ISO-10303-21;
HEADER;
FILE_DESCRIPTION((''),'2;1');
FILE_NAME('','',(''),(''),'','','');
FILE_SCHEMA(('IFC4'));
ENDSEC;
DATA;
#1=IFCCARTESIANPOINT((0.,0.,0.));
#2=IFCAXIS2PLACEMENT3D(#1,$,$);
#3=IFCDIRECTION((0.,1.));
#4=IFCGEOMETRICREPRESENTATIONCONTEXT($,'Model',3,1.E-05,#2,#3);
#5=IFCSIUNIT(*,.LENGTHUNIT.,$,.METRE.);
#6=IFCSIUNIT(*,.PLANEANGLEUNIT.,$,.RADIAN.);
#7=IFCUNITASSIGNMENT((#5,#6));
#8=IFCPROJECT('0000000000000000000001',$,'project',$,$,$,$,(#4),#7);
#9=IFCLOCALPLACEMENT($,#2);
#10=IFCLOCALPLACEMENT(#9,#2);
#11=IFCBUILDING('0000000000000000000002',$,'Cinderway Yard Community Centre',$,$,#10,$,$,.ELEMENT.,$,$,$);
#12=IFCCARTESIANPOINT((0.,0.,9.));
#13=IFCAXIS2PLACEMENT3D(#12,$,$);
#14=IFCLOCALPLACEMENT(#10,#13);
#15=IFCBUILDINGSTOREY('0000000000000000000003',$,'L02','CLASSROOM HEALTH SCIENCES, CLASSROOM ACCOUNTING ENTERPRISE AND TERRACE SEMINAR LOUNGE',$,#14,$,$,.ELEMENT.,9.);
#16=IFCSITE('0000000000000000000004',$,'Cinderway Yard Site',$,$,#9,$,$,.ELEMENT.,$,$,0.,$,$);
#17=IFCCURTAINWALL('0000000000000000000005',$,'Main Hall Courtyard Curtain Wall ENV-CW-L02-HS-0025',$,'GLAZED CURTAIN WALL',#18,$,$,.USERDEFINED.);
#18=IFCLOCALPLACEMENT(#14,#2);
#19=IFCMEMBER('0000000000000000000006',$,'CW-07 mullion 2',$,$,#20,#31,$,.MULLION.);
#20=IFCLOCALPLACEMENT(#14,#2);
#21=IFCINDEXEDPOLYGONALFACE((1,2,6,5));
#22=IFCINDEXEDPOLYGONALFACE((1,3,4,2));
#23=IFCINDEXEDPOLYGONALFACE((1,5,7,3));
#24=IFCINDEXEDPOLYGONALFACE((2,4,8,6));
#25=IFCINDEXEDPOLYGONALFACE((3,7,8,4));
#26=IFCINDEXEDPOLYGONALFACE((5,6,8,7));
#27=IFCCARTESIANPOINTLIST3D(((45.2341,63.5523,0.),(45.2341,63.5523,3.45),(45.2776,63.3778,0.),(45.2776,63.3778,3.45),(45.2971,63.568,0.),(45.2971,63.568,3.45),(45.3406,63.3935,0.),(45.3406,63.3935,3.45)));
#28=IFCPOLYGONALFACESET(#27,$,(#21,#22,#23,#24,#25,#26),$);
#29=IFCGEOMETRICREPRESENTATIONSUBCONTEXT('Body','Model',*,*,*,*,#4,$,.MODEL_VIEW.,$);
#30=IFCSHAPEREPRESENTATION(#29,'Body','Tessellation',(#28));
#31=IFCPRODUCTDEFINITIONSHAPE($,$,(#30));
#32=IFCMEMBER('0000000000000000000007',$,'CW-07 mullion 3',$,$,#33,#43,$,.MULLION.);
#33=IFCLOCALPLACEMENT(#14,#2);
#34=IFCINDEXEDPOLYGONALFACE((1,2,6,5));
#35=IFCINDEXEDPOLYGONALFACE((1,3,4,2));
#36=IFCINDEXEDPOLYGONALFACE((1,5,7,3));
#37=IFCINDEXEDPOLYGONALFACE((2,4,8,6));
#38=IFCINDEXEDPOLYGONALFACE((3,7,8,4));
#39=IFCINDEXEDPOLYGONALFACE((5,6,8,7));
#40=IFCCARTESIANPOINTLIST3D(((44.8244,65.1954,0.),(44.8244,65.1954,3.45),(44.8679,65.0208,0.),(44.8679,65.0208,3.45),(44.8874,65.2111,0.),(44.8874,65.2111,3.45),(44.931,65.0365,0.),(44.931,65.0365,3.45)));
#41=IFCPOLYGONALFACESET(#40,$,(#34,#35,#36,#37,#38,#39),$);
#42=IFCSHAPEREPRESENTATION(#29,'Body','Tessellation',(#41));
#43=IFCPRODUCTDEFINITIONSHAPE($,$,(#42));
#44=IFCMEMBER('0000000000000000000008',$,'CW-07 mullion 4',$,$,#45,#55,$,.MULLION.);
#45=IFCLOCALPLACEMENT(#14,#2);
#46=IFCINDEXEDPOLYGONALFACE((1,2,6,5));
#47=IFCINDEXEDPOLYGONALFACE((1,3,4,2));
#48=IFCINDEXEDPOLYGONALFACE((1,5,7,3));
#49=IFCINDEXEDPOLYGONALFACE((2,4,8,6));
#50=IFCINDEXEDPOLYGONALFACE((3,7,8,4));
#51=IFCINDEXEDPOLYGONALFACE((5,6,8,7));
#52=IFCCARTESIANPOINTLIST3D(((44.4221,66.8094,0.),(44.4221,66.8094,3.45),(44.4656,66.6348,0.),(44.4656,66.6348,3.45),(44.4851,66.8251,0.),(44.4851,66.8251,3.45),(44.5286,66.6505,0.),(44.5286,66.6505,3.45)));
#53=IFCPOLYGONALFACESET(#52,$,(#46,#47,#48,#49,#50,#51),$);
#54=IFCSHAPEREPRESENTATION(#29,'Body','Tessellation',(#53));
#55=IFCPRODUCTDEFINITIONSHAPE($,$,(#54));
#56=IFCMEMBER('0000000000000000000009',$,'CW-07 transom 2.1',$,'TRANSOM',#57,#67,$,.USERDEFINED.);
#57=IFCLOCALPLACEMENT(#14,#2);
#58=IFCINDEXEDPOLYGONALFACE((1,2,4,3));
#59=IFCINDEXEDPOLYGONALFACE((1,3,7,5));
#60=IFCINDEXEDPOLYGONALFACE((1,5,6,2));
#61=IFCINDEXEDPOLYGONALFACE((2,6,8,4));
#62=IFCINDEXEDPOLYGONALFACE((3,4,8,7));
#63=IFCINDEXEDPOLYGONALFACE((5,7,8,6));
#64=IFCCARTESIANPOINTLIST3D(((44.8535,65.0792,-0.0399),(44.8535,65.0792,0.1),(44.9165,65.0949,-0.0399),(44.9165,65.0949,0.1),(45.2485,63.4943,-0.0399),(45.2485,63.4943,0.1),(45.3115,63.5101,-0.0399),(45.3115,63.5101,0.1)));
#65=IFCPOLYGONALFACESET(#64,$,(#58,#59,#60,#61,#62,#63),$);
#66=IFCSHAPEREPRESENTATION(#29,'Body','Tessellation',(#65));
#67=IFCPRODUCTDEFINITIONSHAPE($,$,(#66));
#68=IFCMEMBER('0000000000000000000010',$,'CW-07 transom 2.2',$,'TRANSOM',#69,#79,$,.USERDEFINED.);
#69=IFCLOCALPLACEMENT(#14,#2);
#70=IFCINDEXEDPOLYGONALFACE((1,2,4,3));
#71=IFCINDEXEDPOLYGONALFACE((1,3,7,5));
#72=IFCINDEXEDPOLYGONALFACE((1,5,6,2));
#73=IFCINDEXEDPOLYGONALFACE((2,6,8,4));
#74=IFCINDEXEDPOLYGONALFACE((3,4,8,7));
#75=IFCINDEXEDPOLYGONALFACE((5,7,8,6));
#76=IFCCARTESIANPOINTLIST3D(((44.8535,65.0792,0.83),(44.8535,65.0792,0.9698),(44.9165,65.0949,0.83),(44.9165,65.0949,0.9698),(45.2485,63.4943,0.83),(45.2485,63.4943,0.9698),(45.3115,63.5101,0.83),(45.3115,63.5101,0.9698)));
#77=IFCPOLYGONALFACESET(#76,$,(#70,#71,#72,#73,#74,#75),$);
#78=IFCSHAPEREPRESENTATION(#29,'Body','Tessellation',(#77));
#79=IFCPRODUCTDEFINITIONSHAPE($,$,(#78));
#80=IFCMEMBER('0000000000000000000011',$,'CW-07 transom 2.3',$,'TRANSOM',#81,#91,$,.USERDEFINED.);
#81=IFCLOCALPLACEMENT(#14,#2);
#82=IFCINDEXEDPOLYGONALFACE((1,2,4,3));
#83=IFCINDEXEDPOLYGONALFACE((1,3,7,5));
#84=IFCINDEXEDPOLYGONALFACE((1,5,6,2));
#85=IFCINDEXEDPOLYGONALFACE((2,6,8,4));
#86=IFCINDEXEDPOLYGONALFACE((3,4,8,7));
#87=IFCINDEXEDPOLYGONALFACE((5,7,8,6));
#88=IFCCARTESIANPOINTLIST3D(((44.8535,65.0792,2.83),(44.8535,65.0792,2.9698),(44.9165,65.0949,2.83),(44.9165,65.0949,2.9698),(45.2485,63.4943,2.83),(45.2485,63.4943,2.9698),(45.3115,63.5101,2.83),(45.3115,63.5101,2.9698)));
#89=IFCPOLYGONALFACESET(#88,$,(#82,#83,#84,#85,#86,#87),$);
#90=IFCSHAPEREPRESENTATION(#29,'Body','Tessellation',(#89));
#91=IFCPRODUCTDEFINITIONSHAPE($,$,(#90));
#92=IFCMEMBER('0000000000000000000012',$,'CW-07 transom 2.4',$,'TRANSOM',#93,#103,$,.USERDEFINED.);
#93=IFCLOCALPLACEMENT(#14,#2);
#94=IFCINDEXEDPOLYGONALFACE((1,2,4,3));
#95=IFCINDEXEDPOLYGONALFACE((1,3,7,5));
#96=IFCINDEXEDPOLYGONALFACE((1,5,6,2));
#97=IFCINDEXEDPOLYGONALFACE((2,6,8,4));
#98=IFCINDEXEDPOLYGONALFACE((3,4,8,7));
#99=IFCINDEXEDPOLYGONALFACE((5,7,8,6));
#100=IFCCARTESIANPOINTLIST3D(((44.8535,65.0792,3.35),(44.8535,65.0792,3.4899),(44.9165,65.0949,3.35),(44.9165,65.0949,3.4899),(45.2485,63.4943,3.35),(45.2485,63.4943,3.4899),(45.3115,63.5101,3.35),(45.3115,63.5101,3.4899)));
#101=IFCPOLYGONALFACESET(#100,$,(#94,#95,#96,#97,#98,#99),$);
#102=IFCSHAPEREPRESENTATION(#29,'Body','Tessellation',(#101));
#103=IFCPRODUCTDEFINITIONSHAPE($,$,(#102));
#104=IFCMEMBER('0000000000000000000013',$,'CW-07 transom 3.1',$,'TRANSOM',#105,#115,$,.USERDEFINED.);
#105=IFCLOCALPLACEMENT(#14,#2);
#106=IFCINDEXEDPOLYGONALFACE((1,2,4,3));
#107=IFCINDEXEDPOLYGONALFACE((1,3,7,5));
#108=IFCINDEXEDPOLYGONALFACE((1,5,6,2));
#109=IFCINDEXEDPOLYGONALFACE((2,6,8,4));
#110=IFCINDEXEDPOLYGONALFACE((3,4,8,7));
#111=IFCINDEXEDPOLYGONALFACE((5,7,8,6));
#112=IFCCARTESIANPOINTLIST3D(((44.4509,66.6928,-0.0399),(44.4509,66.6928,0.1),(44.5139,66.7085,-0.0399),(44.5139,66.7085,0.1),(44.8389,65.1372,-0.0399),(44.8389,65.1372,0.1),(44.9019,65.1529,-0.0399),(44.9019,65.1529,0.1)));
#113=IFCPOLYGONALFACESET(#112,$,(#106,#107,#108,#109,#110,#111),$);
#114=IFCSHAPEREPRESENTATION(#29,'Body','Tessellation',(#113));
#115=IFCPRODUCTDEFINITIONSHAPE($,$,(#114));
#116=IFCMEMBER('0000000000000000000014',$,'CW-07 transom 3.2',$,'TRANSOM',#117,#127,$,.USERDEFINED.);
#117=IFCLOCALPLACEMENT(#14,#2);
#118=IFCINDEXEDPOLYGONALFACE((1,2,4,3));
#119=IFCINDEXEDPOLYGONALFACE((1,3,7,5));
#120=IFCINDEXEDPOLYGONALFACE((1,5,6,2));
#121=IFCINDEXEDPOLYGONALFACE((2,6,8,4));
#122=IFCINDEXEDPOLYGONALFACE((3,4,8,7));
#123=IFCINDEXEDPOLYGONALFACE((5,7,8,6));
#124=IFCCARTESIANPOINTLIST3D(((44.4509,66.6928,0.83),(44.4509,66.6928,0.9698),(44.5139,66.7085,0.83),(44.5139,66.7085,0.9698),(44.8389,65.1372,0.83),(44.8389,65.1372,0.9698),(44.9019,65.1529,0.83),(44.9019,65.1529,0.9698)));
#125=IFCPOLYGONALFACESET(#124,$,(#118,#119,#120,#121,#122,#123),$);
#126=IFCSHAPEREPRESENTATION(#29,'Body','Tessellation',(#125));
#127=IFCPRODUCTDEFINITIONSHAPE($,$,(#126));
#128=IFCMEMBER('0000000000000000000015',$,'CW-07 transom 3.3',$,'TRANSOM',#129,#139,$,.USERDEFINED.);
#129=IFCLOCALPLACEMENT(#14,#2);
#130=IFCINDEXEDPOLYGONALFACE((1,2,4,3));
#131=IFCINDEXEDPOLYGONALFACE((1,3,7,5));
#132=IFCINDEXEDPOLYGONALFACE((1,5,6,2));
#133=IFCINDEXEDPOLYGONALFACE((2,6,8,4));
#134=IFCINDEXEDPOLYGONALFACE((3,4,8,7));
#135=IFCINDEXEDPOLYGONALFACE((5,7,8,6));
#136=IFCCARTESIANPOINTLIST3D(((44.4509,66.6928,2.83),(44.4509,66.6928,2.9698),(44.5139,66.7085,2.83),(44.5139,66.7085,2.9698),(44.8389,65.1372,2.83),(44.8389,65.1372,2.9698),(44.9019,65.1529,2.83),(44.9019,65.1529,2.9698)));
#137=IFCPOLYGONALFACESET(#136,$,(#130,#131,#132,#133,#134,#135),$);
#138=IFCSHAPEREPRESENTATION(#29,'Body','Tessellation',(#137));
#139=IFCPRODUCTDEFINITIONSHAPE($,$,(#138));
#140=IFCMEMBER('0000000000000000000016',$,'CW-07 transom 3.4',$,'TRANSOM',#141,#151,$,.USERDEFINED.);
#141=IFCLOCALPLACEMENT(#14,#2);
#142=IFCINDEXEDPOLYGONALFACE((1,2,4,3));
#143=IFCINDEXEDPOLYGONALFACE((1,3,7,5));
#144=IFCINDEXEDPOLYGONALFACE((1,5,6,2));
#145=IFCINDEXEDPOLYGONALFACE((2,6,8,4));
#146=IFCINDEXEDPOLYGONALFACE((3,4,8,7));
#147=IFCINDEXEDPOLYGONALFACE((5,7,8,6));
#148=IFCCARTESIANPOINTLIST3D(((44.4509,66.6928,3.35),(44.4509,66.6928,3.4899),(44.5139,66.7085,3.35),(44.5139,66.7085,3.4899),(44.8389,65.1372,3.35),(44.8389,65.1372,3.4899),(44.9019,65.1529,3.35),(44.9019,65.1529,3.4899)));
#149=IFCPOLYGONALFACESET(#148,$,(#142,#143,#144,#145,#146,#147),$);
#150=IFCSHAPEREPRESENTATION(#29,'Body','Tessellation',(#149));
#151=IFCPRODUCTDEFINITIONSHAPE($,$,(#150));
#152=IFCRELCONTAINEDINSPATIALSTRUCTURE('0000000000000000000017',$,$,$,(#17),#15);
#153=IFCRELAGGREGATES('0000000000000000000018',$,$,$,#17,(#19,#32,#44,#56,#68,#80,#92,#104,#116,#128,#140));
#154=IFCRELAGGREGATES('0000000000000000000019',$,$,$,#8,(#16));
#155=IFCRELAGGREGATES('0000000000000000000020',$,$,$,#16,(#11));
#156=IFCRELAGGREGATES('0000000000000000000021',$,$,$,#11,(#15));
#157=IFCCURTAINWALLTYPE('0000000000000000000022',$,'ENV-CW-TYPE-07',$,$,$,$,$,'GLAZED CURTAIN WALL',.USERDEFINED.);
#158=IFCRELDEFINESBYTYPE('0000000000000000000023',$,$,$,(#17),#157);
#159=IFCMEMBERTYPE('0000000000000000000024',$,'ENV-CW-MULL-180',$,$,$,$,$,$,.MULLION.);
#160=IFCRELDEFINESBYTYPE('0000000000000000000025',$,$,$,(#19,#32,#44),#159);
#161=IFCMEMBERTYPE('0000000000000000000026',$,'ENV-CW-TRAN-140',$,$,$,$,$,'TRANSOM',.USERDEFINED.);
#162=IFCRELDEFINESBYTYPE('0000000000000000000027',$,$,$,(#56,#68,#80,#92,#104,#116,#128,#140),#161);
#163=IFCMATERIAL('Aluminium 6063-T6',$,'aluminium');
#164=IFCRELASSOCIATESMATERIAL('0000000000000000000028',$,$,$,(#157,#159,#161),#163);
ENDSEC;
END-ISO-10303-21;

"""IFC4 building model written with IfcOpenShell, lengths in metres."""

from ifc_helpers import new_model, si_unit, direction, frame, origin, origin_2d, place, context, subcontext, project, spatial, rectangle, extrude, material, material_profile, profile_set, type_object, element, aggregate, save


model = new_model("IFC4")

# Units and contexts
model_context = context("Model", 3, precision=1e-05, world=origin(), true_north=direction((0.0, 1.0)))
body_context = subcontext(model_context, "Body", "Model", "MODEL_VIEW")
ifc_project = project(units=[si_unit("LENGTHUNIT", "METRE"), si_unit("PLANEANGLEUNIT", "RADIAN")], contexts=[model_context])

# Site, building, storey
site_placement = place(None, origin())
site = spatial("IfcSite", under=ifc_project, at=site_placement, Name="Cinderway Yard Site", CompositionType="ELEMENT", RefElevation=0.0)
building_placement = place(site_placement, origin())
building = spatial("IfcBuilding", under=site, at=building_placement, Name="Cinderway Yard Community Centre", CompositionType="ELEMENT")
storey_placement = place(building_placement, frame((0.0, 0.0, 9.0)))
storey = spatial("IfcBuildingStorey", under=building, at=storey_placement, Name="L02", Description="CLASSROOM HEALTH SCIENCES, CLASSROOM ACCOUNTING ENTERPRISE AND TERRACE SEMINAR LOUNGE", CompositionType="ELEMENT", Elevation=9.0)

# Curtain wall, members
ifc_material_1 = material(Name="Aluminium 6063-T6", Category="aluminium")
curtain_wall_type = type_object("IfcCurtainWallType", Name="ENV-CW-TYPE-07", ElementType="GLAZED CURTAIN WALL", PredefinedType="USERDEFINED", material=ifc_material_1)
curtain_wall_placement = place(storey_placement, origin())
curtain_wall = element("IfcCurtainWall", 1, at=curtain_wall_placement, inside=storey, type_object=curtain_wall_type, Name="Main Hall Courtyard Curtain Wall ENV-CW-L02-HS-0025", ObjectType="GLAZED CURTAIN WALL", PredefinedType="USERDEFINED")
ifc_material_profile_1 = material_profile(ifc_material_1, rectangle(XDim=0.0649, YDim=0.1799, at=origin_2d()), Name="Aluminium 6063-T6")
ifc_profile_set_1 = profile_set([ifc_material_profile_1], Name="Aluminium 6063-T6")
member_type_1 = type_object("IfcMemberType", Name="ENV-CW-MULL-180", PredefinedType="MULLION", material=ifc_profile_set_1)
member_1_placement = place(storey_placement, frame((45.2874, 63.4729, 0.0), z_axis=(0.0, 0.0, 1.0), x_axis=(-0.970293, -0.241933, 0.0)))
member_1 = element("IfcMember", 2, at=member_1_placement, type_object=member_type_1, Name="CW-07 mullion 2", PredefinedType="MULLION", context=body_context, shape_type="SweptSolid", body=[
    extrude(rectangle(XDim=0.0649, YDim=0.1799, at=origin_2d()), origin(), (0.0, 0.0, 1.0), 3.45),
])
member_2_placement = place(storey_placement, frame((44.8777, 65.116, 0.0), z_axis=(0.0, 0.0, 1.0), x_axis=(-0.970293, -0.241933, 0.0)))
member_2 = element("IfcMember", 3, at=member_2_placement, type_object=member_type_1, Name="CW-07 mullion 3", PredefinedType="MULLION", context=body_context, shape_type="SweptSolid", body=[
    extrude(rectangle(XDim=0.0649, YDim=0.1799, at=origin_2d()), origin(), (0.0, 0.0, 1.0), 3.45),
])
member_3_placement = place(storey_placement, frame((44.4753, 66.73, 0.0), z_axis=(0.0, 0.0, 1.0), x_axis=(-0.970293, -0.241933, 0.0)))
member_3 = element("IfcMember", 4, at=member_3_placement, type_object=member_type_1, Name="CW-07 mullion 4", PredefinedType="MULLION", context=body_context, shape_type="SweptSolid", body=[
    extrude(rectangle(XDim=0.0649, YDim=0.1799, at=origin_2d()), origin(), (0.0, 0.0, 1.0), 3.45),
])
ifc_material_profile_2 = material_profile(ifc_material_1, rectangle(XDim=0.0649, YDim=0.1399, at=origin_2d()), Name="Aluminium 6063-T6")
ifc_profile_set_2 = profile_set([ifc_material_profile_2], Name="Aluminium 6063-T6")
member_type_2 = type_object("IfcMemberType", Name="ENV-CW-TRAN-140", ElementType="TRANSOM", PredefinedType="USERDEFINED", material=ifc_profile_set_2)
member_4_placement = place(storey_placement, frame((45.28, 63.5022, 0.03), z_axis=(-0.241867, 0.970309, 0.0), x_axis=(-0.970309, -0.241867, 0.0)))
member_4 = element("IfcMember", 5, at=member_4_placement, type_object=member_type_2, Name="CW-07 transom 2.1", ObjectType="TRANSOM", PredefinedType="USERDEFINED", context=body_context, shape_type="SweptSolid", body=[
    extrude(rectangle(XDim=0.0649, YDim=0.1399, at=origin_2d()), origin(), (0.0, 0.0, 1.0), 1.6333),
])
member_5_placement = place(storey_placement, frame((45.28, 63.5022, 0.8999), z_axis=(-0.241867, 0.970309, 0.0), x_axis=(-0.970309, -0.241867, 0.0)))
member_5 = element("IfcMember", 6, at=member_5_placement, type_object=member_type_2, Name="CW-07 transom 2.2", ObjectType="TRANSOM", PredefinedType="USERDEFINED", context=body_context, shape_type="SweptSolid", body=[
    extrude(rectangle(XDim=0.0649, YDim=0.1399, at=origin_2d()), origin(), (0.0, 0.0, 1.0), 1.6333),
])
member_6_placement = place(storey_placement, frame((45.28, 63.5022, 2.8999), z_axis=(-0.241867, 0.970309, 0.0), x_axis=(-0.970309, -0.241867, 0.0)))
member_6 = element("IfcMember", 7, at=member_6_placement, type_object=member_type_2, Name="CW-07 transom 2.3", ObjectType="TRANSOM", PredefinedType="USERDEFINED", context=body_context, shape_type="SweptSolid", body=[
    extrude(rectangle(XDim=0.0649, YDim=0.1399, at=origin_2d()), origin(), (0.0, 0.0, 1.0), 1.6333),
])
member_7_placement = place(storey_placement, frame((45.28, 63.5022, 3.4199), z_axis=(-0.241867, 0.970309, 0.0), x_axis=(-0.970309, -0.241867, 0.0)))
member_7 = element("IfcMember", 8, at=member_7_placement, type_object=member_type_2, Name="CW-07 transom 2.4", ObjectType="TRANSOM", PredefinedType="USERDEFINED", context=body_context, shape_type="SweptSolid", body=[
    extrude(rectangle(XDim=0.0649, YDim=0.1399, at=origin_2d()), origin(), (0.0, 0.0, 1.0), 1.6333),
])
member_8_placement = place(storey_placement, frame((44.8704, 65.145, 0.03), z_axis=(-0.241962, 0.970286, 0.0), x_axis=(-0.970286, -0.241962, 0.0)))
member_8 = element("IfcMember", 9, at=member_8_placement, type_object=member_type_2, Name="CW-07 transom 3.1", ObjectType="TRANSOM", PredefinedType="USERDEFINED", context=body_context, shape_type="SweptSolid", body=[
    extrude(rectangle(XDim=0.0649, YDim=0.1399, at=origin_2d()), origin(), (0.0, 0.0, 1.0), 1.6033),
])
member_9_placement = place(storey_placement, frame((44.8704, 65.145, 0.8999), z_axis=(-0.241962, 0.970286, 0.0), x_axis=(-0.970286, -0.241962, 0.0)))
member_9 = element("IfcMember", 10, at=member_9_placement, type_object=member_type_2, Name="CW-07 transom 3.2", ObjectType="TRANSOM", PredefinedType="USERDEFINED", context=body_context, shape_type="SweptSolid", body=[
    extrude(rectangle(XDim=0.0649, YDim=0.1399, at=origin_2d()), origin(), (0.0, 0.0, 1.0), 1.6033),
])
member_10_placement = place(storey_placement, frame((44.8704, 65.145, 2.8999), z_axis=(-0.241962, 0.970286, 0.0), x_axis=(-0.970286, -0.241962, 0.0)))
member_10 = element("IfcMember", 11, at=member_10_placement, type_object=member_type_2, Name="CW-07 transom 3.3", ObjectType="TRANSOM", PredefinedType="USERDEFINED", context=body_context, shape_type="SweptSolid", body=[
    extrude(rectangle(XDim=0.0649, YDim=0.1399, at=origin_2d()), origin(), (0.0, 0.0, 1.0), 1.6033),
])
member_11_placement = place(storey_placement, frame((44.8704, 65.145, 3.4199), z_axis=(-0.241962, 0.970286, 0.0), x_axis=(-0.970286, -0.241962, 0.0)))
member_11 = element("IfcMember", 12, at=member_11_placement, type_object=member_type_2, Name="CW-07 transom 3.4", ObjectType="TRANSOM", PredefinedType="USERDEFINED", context=body_context, shape_type="SweptSolid", body=[
    extrude(rectangle(XDim=0.0649, YDim=0.1399, at=origin_2d()), origin(), (0.0, 0.0, 1.0), 1.6033),
])

aggregate(curtain_wall, [member_1, member_2, member_3, member_4, member_5, member_6, member_7, member_8, member_9, member_10, member_11])

save(model, "model.ifc")
